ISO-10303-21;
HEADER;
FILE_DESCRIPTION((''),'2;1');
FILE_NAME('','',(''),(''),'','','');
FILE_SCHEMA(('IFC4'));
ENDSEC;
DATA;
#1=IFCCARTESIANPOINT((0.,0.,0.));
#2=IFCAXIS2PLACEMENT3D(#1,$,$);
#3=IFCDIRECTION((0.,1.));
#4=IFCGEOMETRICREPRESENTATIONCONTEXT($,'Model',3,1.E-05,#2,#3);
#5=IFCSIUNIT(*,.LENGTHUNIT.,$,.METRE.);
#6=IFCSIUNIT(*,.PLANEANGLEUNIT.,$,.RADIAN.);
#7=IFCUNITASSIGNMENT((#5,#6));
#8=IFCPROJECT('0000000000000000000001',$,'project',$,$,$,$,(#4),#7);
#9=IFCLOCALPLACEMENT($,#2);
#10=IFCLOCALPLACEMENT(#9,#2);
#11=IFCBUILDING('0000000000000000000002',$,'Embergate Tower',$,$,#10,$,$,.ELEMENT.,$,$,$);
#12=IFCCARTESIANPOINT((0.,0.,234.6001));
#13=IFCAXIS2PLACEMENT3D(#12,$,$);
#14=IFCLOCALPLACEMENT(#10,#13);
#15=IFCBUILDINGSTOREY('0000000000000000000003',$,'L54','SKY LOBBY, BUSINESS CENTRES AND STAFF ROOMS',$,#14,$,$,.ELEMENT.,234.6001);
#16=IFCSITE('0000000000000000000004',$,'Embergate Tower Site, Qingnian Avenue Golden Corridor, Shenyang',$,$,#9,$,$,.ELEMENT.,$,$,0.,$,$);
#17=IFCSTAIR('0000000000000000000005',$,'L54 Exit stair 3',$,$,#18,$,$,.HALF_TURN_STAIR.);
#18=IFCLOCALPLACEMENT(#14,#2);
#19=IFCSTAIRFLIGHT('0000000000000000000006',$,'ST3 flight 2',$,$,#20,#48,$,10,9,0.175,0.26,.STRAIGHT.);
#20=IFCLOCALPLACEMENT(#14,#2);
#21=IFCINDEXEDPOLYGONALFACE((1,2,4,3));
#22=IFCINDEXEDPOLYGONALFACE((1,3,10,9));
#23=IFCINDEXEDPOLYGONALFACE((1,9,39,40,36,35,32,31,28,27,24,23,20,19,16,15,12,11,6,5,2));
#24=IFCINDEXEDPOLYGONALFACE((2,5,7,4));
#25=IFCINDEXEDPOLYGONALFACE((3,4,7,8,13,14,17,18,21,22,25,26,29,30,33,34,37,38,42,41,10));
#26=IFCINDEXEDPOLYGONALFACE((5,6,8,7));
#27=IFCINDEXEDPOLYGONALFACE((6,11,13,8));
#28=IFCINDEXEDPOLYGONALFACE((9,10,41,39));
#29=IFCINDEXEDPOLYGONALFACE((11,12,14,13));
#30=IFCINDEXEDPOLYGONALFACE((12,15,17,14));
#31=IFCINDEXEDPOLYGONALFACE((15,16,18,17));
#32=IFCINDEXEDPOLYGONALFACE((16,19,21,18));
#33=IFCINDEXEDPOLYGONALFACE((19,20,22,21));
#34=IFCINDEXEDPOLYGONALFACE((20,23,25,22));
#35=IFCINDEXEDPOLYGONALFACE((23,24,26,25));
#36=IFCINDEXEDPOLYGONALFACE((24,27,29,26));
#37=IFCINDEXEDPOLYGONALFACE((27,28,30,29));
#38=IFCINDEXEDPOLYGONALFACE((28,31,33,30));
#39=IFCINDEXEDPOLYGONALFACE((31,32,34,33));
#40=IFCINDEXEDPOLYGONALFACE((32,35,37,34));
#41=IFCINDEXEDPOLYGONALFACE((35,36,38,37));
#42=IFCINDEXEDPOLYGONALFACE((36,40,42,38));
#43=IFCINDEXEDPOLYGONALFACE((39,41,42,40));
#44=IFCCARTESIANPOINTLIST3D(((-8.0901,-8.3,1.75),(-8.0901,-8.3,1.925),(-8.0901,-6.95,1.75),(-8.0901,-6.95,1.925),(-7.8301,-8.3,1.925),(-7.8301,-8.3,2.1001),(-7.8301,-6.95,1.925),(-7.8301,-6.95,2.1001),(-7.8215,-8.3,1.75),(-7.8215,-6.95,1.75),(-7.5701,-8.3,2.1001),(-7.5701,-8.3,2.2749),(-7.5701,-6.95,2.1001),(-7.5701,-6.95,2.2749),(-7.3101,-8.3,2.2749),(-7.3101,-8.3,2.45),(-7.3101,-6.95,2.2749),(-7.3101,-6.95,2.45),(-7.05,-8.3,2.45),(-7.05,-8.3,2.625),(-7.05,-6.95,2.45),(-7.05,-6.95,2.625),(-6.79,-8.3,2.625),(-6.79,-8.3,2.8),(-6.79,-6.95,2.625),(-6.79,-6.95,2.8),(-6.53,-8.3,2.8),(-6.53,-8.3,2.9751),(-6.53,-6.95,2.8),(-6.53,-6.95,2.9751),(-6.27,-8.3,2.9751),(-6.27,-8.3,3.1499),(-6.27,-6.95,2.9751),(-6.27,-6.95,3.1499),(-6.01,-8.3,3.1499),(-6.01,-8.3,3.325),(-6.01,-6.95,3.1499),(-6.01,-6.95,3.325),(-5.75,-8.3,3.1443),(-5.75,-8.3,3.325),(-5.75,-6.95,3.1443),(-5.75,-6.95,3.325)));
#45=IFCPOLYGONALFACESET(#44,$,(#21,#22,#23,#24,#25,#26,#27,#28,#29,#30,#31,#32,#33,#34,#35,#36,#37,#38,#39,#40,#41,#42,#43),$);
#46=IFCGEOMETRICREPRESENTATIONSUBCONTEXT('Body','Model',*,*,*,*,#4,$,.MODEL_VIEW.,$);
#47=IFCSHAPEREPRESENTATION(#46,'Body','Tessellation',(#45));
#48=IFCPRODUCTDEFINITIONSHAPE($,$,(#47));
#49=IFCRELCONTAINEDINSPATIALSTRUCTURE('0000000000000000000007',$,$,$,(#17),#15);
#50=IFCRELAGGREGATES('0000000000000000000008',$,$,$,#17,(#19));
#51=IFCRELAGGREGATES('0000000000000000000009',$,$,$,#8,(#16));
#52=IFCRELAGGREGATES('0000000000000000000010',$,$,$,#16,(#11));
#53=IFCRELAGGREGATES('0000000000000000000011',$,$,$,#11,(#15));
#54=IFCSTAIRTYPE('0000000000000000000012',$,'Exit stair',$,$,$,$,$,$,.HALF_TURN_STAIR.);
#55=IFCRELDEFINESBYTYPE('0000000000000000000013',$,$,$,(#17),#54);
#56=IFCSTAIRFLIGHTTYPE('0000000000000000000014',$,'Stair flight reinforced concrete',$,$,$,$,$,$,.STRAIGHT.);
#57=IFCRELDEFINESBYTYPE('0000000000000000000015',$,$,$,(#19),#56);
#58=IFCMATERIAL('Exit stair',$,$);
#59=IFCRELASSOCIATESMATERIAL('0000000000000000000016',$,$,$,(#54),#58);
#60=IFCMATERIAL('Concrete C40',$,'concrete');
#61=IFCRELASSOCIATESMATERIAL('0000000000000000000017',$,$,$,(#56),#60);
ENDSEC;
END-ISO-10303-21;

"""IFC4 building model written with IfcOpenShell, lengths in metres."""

from ifc_helpers import new_model, si_unit, direction, frame, origin, place, context, subcontext, project, spatial, polyline, outline, extrude, source, transform, mapped, material, type_object, element, aggregate, save


model = new_model("IFC4")

# Units and contexts
model_context = context("Model", 3, precision=1e-05, world=origin(), true_north=direction((0.0, 1.0)))
body_context = subcontext(model_context, "Body", "Model", "MODEL_VIEW")
ifc_project = project(units=[si_unit("LENGTHUNIT", "METRE"), si_unit("PLANEANGLEUNIT", "RADIAN")], contexts=[model_context])

# Site, building, storey
site_placement = place(None, origin())
site = spatial("IfcSite", under=ifc_project, at=site_placement, Name="Embergate Tower Site, Qingnian Avenue Golden Corridor, Shenyang", CompositionType="ELEMENT", RefElevation=0.0)
building_placement = place(site_placement, origin())
building = spatial("IfcBuilding", under=site, at=building_placement, Name="Embergate Tower", CompositionType="ELEMENT")
storey_placement = place(building_placement, frame((0.0, 0.0, 234.6001)))
storey = spatial("IfcBuildingStorey", under=building, at=storey_placement, Name="L54", Description="SKY LOBBY, BUSINESS CENTRES AND STAFF ROOMS", CompositionType="ELEMENT", Elevation=234.6001)

# Stair
ifc_material_1 = material(Name="Exit stair")
stair_type = type_object("IfcStairType", Name="Exit stair", PredefinedType="HALF_TURN_STAIR", material=ifc_material_1)
stair_placement = place(storey_placement, origin())
stair = element("IfcStair", 1, at=stair_placement, inside=storey, type_object=stair_type, Name="L54 Exit stair 3", PredefinedType="HALF_TURN_STAIR")
ifc_material_2 = material(Name="Concrete C40", Category="concrete")

# Stair flight
stair_flight_type = type_object("IfcStairFlightType", Name="Stair flight reinforced concrete", PredefinedType="STRAIGHT", material=ifc_material_2)
shared_shape_1 = source(origin(), body_context, "Body", "SweptSolid", [
    extrude(outline(polyline([(0.0, 0.0), (0.0, 0.175), (0.26, 0.175), (0.26, 0.3501), (0.52, 0.3501), (0.52, 0.5249), (0.78, 0.5249), (0.78, 0.7), (1.04, 0.7), (1.04, 0.875), (1.3, 0.875), (1.3, 1.05), (1.5601, 1.05), (1.5601, 1.2251), (1.8201, 1.2251), (1.8201, 1.3999), (2.0801, 1.3999), (2.0801, 1.575), (2.3401, 1.575), (2.3401, 1.75), (2.3401, 1.3943), (0.2686, 0.0), (0.0, 0.0)])), frame((0.0, 0.675, 0.0), z_axis=(0.0, -1.0, 0.0), x_axis=(1.0, 0.0, 0.0)), (0.0, 0.0, 1.0), 1.3501),
])
stair_flight_placement = place(storey_placement, frame((-8.0901, -7.625, 1.75), z_axis=(0.0, 0.0, 1.0), x_axis=(1.0, 0.0, 0.0)))
stair_flight = element("IfcStairFlight", 2, at=stair_flight_placement, type_object=stair_flight_type, Name="ST3 flight 2", NumberOfRisers=10, NumberOfTreads=9, PredefinedType="STRAIGHT", RiserHeight=0.175, TreadLength=0.26, context=body_context, shape_type="MappedRepresentation", body=[
    mapped(shared_shape_1, transform((0.0, 0.0, 0.0))),
])
aggregate(stair, [stair_flight])

save(model, "model.ifc")
